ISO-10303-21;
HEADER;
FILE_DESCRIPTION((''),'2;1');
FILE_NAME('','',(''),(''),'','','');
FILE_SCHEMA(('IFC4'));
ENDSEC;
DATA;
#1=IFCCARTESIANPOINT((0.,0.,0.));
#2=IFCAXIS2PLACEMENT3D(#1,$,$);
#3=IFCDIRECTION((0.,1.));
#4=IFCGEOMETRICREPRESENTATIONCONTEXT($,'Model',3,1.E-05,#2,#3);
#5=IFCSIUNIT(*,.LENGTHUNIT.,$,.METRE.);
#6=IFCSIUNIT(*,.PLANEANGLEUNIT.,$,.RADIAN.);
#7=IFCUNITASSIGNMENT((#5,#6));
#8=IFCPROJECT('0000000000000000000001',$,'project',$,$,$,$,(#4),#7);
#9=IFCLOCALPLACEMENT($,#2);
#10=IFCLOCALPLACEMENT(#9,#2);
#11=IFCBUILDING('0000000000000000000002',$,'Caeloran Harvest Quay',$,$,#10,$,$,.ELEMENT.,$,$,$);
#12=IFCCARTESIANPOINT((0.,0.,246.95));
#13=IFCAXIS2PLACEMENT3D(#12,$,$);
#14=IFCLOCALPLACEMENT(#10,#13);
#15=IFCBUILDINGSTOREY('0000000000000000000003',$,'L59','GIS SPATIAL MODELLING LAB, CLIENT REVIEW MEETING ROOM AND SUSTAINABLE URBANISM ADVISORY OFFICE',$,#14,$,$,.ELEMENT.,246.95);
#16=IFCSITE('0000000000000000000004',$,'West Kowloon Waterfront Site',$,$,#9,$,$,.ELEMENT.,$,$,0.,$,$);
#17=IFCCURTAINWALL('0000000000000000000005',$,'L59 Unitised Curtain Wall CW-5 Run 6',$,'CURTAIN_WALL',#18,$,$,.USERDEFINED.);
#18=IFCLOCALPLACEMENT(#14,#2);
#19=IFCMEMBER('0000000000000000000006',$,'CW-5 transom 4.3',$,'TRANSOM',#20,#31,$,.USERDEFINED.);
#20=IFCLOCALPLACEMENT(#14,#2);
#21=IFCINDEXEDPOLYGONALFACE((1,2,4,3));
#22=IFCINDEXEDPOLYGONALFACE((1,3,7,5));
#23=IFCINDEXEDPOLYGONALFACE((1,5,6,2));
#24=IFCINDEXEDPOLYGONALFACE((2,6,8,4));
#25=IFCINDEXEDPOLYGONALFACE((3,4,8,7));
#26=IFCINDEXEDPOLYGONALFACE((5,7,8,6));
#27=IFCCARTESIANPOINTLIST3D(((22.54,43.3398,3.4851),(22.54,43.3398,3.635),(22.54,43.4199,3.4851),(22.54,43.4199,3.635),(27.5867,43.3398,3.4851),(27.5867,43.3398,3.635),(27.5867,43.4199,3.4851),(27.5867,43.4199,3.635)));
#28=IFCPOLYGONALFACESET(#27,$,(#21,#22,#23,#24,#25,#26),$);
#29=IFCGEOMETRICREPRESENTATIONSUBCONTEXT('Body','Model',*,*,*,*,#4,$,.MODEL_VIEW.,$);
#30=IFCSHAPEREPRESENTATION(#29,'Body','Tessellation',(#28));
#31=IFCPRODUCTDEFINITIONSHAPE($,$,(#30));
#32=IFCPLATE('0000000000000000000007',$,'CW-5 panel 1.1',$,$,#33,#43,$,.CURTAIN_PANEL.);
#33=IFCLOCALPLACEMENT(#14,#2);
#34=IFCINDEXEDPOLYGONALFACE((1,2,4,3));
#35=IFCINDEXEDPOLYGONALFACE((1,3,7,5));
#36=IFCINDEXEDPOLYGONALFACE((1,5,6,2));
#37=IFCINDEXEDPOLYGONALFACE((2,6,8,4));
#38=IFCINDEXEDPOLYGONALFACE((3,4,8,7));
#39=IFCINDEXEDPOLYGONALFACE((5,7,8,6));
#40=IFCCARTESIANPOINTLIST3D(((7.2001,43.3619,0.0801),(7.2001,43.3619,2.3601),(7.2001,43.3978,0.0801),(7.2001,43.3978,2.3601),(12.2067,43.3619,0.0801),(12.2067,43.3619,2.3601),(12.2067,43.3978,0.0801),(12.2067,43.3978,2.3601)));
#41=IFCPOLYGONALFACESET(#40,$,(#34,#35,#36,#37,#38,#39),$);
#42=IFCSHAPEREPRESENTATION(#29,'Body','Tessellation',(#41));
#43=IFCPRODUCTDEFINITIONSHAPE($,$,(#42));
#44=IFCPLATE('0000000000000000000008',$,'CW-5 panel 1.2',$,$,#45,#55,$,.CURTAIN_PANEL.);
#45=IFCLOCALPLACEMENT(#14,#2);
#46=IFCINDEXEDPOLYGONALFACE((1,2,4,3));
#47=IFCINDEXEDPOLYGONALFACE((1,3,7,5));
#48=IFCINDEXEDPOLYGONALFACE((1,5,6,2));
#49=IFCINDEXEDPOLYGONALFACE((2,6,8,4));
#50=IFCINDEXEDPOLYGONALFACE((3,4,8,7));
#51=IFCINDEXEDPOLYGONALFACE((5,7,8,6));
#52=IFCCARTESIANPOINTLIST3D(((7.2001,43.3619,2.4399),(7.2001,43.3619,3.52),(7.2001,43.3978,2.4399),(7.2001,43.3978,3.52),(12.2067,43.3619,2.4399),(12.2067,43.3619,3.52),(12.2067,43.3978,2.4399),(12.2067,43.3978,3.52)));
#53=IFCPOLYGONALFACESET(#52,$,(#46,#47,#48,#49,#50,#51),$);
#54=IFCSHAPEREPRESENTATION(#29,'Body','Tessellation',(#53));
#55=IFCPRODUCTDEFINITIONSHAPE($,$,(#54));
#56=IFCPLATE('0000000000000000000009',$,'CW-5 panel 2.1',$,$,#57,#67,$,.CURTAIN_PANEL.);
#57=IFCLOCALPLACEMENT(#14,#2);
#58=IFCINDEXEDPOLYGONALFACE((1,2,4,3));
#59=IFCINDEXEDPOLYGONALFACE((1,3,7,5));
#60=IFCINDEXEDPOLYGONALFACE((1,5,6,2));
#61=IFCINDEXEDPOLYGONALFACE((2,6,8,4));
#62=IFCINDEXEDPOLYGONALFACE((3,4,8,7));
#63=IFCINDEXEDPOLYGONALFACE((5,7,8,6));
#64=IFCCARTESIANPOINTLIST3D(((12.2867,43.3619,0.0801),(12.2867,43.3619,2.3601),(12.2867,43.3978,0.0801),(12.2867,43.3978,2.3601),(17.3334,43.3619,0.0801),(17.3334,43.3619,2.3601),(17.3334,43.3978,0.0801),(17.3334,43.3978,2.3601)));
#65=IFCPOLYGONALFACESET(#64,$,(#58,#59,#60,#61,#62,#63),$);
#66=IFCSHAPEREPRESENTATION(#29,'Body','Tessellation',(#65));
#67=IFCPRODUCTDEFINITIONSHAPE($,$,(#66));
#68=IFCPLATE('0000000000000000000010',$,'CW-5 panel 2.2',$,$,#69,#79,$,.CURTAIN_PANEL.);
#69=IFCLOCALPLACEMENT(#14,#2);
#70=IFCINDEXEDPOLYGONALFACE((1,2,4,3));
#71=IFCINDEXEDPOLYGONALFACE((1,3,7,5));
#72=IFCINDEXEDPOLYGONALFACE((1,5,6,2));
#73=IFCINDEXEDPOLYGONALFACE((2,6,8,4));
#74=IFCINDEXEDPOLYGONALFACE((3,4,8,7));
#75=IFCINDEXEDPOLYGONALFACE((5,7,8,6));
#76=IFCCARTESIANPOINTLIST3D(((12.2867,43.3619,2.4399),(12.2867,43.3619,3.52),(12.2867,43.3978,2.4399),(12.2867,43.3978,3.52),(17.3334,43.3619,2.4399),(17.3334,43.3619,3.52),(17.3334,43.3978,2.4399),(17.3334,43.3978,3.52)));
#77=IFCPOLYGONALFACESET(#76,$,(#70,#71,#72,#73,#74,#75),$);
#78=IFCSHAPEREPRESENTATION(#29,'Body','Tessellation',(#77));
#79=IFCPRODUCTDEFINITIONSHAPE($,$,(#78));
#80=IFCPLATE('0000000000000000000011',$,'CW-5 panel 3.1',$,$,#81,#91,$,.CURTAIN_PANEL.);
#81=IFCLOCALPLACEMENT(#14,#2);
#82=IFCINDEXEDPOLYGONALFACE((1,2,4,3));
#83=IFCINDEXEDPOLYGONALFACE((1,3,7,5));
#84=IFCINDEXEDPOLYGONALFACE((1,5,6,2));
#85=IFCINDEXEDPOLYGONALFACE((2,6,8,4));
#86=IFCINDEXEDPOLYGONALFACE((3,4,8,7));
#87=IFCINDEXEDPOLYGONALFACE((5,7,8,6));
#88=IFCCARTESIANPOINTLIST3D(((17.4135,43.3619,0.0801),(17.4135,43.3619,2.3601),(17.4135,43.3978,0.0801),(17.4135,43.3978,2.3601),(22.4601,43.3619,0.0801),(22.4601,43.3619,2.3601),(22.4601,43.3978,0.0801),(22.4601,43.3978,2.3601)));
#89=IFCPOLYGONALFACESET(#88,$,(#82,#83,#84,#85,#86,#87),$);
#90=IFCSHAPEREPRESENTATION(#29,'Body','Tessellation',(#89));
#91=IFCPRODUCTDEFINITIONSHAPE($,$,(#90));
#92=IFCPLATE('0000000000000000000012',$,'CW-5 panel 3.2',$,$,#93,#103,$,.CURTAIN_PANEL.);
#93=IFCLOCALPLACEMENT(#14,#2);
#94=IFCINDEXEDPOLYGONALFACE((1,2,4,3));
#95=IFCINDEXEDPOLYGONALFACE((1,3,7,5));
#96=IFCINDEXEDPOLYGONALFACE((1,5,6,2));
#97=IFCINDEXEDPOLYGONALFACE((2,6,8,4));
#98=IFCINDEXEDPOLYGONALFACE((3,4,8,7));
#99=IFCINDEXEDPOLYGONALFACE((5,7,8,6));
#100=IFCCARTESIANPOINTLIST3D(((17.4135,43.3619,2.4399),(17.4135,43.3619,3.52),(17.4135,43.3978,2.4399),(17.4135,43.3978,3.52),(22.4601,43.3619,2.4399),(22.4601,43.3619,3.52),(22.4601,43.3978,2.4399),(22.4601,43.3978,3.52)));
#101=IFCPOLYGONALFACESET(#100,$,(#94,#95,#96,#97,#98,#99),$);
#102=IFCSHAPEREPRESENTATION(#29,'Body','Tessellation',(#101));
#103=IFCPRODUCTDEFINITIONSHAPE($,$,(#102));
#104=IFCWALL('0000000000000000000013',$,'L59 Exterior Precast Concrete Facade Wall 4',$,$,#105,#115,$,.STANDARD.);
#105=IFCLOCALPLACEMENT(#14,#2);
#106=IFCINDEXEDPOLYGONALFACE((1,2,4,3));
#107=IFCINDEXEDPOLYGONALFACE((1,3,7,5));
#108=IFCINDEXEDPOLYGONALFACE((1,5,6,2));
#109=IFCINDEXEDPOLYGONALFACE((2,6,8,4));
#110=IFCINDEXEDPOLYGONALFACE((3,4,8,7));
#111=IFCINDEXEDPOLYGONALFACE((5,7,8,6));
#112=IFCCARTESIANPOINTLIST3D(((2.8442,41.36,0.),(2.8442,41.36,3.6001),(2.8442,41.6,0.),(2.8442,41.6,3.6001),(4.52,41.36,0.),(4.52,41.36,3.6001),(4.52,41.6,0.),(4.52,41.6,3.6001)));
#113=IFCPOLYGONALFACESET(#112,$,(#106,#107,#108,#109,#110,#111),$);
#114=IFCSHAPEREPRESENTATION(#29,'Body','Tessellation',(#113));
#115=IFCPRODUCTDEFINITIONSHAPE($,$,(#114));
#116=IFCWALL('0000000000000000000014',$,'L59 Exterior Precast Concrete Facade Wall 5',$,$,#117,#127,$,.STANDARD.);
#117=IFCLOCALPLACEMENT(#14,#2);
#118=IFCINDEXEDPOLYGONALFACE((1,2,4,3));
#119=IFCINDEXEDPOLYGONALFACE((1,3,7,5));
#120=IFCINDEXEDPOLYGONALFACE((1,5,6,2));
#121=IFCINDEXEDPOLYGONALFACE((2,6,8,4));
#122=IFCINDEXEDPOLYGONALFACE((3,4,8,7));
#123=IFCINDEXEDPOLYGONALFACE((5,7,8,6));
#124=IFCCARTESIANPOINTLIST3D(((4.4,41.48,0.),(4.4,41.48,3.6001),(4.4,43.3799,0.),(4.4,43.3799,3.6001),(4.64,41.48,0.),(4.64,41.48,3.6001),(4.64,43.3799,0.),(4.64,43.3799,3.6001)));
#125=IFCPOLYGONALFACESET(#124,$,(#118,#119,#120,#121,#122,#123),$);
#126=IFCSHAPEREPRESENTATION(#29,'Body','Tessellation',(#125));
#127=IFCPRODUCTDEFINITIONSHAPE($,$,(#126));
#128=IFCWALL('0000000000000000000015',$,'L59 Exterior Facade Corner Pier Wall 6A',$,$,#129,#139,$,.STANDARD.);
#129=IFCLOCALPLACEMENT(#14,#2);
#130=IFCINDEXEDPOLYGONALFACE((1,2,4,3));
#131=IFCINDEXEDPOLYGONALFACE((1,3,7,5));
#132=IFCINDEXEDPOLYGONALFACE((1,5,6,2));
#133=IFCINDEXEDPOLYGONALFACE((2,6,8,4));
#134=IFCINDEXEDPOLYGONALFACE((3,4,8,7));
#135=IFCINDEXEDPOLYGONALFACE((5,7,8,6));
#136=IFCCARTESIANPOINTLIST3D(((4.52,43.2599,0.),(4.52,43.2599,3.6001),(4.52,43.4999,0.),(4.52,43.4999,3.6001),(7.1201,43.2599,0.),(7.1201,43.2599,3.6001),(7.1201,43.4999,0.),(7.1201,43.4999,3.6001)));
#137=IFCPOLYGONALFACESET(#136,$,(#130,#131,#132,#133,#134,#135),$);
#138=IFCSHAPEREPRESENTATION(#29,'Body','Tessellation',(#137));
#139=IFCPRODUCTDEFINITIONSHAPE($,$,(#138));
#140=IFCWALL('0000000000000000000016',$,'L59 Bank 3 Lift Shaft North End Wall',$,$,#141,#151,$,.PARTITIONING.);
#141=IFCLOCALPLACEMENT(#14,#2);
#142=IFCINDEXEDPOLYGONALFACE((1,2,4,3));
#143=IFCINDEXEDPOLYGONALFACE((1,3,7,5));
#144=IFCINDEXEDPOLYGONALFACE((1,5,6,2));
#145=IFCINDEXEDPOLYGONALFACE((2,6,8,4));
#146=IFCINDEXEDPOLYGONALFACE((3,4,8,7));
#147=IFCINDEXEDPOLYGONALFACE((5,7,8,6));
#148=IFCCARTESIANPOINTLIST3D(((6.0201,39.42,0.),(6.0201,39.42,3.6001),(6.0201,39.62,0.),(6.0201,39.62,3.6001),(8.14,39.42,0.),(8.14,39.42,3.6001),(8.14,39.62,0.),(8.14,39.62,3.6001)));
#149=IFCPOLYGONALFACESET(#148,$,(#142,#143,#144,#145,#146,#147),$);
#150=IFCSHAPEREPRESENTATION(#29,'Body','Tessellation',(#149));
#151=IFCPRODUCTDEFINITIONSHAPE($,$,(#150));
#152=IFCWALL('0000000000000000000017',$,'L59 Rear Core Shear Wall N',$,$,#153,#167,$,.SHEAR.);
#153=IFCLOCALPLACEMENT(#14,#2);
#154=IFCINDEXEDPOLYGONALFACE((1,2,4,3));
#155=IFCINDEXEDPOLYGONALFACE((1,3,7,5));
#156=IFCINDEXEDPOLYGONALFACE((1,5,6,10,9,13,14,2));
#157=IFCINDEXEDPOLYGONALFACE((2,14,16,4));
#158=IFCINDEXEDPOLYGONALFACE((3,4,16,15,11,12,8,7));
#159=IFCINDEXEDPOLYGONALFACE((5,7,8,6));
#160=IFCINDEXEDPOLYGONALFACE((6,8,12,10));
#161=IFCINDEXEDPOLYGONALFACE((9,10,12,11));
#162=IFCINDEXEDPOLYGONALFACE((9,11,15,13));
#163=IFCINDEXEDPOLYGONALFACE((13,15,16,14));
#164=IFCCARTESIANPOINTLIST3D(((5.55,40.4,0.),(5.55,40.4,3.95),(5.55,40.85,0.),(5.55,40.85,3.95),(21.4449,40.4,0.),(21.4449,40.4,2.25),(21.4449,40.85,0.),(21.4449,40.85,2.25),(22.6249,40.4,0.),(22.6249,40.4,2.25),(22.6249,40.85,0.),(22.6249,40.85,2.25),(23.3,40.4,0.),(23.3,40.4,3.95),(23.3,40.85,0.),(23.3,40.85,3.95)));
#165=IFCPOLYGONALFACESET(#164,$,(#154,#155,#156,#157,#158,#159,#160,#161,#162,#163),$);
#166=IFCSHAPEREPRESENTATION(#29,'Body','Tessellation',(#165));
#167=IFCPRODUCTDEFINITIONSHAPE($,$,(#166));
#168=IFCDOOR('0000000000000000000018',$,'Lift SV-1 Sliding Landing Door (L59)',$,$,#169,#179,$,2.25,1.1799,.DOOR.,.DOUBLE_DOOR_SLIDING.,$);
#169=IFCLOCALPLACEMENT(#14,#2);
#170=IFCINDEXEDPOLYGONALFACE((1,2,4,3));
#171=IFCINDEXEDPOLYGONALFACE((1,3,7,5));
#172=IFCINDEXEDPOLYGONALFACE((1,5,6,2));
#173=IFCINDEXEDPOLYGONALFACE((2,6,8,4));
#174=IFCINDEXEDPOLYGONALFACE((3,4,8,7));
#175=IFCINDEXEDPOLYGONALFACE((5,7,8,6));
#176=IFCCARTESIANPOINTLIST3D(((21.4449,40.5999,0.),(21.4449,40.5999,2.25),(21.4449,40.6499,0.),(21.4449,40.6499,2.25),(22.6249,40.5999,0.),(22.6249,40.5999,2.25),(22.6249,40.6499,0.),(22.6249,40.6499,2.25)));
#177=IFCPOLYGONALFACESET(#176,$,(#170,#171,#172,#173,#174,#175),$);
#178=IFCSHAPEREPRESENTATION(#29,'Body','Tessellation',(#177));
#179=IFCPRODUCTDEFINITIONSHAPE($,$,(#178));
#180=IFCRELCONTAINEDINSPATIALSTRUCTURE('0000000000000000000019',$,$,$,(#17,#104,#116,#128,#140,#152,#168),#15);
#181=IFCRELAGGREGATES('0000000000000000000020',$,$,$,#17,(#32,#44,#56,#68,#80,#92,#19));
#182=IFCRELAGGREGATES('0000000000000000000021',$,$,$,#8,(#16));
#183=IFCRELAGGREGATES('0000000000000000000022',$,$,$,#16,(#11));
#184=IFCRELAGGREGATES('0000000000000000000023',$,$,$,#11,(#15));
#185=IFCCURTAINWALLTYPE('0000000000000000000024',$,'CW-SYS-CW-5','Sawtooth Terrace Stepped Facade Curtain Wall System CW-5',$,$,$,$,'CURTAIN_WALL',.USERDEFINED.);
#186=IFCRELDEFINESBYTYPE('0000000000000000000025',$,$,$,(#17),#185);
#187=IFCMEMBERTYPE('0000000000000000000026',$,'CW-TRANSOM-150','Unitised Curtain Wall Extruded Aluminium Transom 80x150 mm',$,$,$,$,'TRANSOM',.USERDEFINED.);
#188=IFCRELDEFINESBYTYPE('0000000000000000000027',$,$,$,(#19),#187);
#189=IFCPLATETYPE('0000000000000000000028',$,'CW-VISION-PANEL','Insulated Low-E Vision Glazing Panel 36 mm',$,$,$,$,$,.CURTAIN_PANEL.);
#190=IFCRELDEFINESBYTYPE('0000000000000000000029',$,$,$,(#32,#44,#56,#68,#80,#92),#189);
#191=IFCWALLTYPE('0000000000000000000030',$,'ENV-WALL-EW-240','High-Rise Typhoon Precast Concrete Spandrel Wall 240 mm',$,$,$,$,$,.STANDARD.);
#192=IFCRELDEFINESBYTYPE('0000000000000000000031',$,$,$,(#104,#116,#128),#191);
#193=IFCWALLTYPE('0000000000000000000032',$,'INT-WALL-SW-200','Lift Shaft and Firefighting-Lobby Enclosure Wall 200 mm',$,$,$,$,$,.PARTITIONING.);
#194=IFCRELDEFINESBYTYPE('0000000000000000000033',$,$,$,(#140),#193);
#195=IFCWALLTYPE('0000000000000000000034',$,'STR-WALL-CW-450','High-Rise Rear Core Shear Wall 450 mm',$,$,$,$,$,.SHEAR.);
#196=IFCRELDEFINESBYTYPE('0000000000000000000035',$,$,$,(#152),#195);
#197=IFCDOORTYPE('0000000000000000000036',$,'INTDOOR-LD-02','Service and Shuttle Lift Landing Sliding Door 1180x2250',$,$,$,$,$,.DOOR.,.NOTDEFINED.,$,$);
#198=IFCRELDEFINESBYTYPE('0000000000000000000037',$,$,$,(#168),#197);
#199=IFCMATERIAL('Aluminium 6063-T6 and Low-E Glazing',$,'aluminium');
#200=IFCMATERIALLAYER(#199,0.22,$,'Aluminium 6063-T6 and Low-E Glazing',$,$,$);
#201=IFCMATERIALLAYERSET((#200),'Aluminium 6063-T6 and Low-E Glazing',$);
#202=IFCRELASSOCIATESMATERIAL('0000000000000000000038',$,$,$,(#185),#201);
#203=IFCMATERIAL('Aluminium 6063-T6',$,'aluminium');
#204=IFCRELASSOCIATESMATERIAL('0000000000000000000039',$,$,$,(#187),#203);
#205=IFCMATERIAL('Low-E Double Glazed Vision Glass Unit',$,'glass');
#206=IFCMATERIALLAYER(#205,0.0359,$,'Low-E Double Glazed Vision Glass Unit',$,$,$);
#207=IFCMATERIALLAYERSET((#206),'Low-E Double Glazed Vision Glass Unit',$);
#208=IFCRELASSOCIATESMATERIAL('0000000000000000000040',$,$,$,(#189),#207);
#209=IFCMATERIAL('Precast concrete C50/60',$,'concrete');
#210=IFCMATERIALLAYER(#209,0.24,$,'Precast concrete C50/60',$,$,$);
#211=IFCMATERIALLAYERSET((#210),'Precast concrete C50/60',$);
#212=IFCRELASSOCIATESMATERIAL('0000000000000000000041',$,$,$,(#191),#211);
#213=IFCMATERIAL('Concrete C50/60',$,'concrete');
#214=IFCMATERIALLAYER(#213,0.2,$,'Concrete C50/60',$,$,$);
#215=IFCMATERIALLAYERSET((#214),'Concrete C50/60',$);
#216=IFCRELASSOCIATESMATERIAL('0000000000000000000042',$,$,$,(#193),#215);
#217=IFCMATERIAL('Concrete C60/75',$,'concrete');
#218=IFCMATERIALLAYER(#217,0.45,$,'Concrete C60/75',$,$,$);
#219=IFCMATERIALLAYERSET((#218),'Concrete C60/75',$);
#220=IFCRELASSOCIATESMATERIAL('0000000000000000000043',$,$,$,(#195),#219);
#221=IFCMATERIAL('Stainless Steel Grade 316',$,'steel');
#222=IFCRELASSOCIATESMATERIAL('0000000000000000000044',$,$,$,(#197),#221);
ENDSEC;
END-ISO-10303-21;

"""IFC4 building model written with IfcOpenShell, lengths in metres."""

from ifc_helpers import new_model, si_unit, direction, frame, frame_2d, origin, origin_2d, place, context, subcontext, project, spatial, rectangle, extrude, material, layer, layer_set, material_profile, profile_set, type_object, element, fill, aggregate, save


model = new_model("IFC4")

# Units and contexts
model_context = context("Model", 3, precision=1e-05, world=origin(), true_north=direction((0.0, 1.0)))
body_context = subcontext(model_context, "Body", "Model", "MODEL_VIEW")
ifc_project = project(units=[si_unit("LENGTHUNIT", "METRE"), si_unit("PLANEANGLEUNIT", "RADIAN")], contexts=[model_context])

# Site, building, storey
site_placement = place(None, origin())
site = spatial("IfcSite", under=ifc_project, at=site_placement, Name="West Kowloon Waterfront Site", CompositionType="ELEMENT", RefElevation=0.0)
building_placement = place(site_placement, origin())
building = spatial("IfcBuilding", under=site, at=building_placement, Name="Caeloran Harvest Quay", CompositionType="ELEMENT")
storey_placement = place(building_placement, frame((0.0, 0.0, 246.95)))
storey = spatial("IfcBuildingStorey", under=building, at=storey_placement, Name="L59", Description="GIS SPATIAL MODELLING LAB, CLIENT REVIEW MEETING ROOM AND SUSTAINABLE URBANISM ADVISORY OFFICE", CompositionType="ELEMENT", Elevation=246.95)

# Curtain wall, member, plates
ifc_material_1 = material(Name="Aluminium 6063-T6 and Low-E Glazing", Category="aluminium")
ifc_layer_1 = layer(ifc_material_1, 0.22, Name="Aluminium 6063-T6 and Low-E Glazing")
ifc_layer_set_1 = layer_set([ifc_layer_1], Name="Aluminium 6063-T6 and Low-E Glazing")
curtain_wall_type = type_object("IfcCurtainWallType", Name="CW-SYS-CW-5", Description="Sawtooth Terrace Stepped Facade Curtain Wall System CW-5", ElementType="CURTAIN_WALL", PredefinedType="USERDEFINED", material=ifc_layer_set_1)
curtain_wall_placement = place(storey_placement, origin())
curtain_wall = element("IfcCurtainWall", 1, at=curtain_wall_placement, inside=storey, type_object=curtain_wall_type, Name="L59 Unitised Curtain Wall CW-5 Run 6", ObjectType="CURTAIN_WALL", PredefinedType="USERDEFINED")
ifc_material_2 = material(Name="Aluminium 6063-T6", Category="aluminium")
ifc_material_profile_1 = material_profile(ifc_material_2, rectangle(XDim=0.0801, YDim=0.1499, at=origin_2d()), Name="CW-TRANSOM-150")
ifc_profile_set_1 = profile_set([ifc_material_profile_1], Name="Aluminium 6063-T6")
member_type_1 = type_object("IfcMemberType", Name="CW-TRANSOM-150", Description="Unitised Curtain Wall Extruded Aluminium Transom 80x150 mm", ElementType="TRANSOM", PredefinedType="USERDEFINED", material=ifc_profile_set_1)
member_1_placement = place(storey_placement, frame((22.54, 43.3799, 3.5601), z_axis=(1.0, 0.0, 0.0), x_axis=(0.0, 1.0, 0.0)))
member_1 = element("IfcMember", 2, at=member_1_placement, type_object=member_type_1, Name="CW-5 transom 4.3", ObjectType="TRANSOM", PredefinedType="USERDEFINED", context=body_context, shape_type="SweptSolid", body=[
    extrude(rectangle(XDim=0.0801, YDim=0.1499, at=origin_2d()), origin(), (0.0, 0.0, 1.0), 5.0466),
])
ifc_material_3 = material(Name="Low-E Double Glazed Vision Glass Unit", Category="glass")
ifc_layer_2 = layer(ifc_material_3, 0.0359, Name="Low-E Double Glazed Vision Glass Unit")
ifc_layer_set_2 = layer_set([ifc_layer_2], Name="Low-E Double Glazed Vision Glass Unit")
plate_type = type_object("IfcPlateType", Name="CW-VISION-PANEL", Description="Insulated Low-E Vision Glazing Panel 36 mm", PredefinedType="CURTAIN_PANEL", material=ifc_layer_set_2)
plate_1_placement = place(storey_placement, frame((9.7034, 43.3799, 0.0801), z_axis=(0.0, 0.0, 1.0), x_axis=(1.0, 0.0, 0.0)))
plate_1 = element("IfcPlate", 3, at=plate_1_placement, type_object=plate_type, Name="CW-5 panel 1.1", PredefinedType="CURTAIN_PANEL", context=body_context, shape_type="SweptSolid", body=[
    extrude(rectangle(XDim=5.0066, YDim=0.0359, at=origin_2d()), origin(), (0.0, 0.0, 1.0), 2.28),
])
plate_2_placement = place(storey_placement, frame((9.7034, 43.3799, 2.4399), z_axis=(0.0, 0.0, 1.0), x_axis=(1.0, 0.0, 0.0)))
plate_2 = element("IfcPlate", 4, at=plate_2_placement, type_object=plate_type, Name="CW-5 panel 1.2", PredefinedType="CURTAIN_PANEL", context=body_context, shape_type="SweptSolid", body=[
    extrude(rectangle(XDim=5.0066, YDim=0.0359, at=origin_2d()), origin(), (0.0, 0.0, 1.0), 1.0801),
])
plate_3_placement = place(storey_placement, frame((14.8101, 43.3799, 0.0801), z_axis=(0.0, 0.0, 1.0), x_axis=(1.0, 0.0, 0.0)))
plate_3 = element("IfcPlate", 5, at=plate_3_placement, type_object=plate_type, Name="CW-5 panel 2.1", PredefinedType="CURTAIN_PANEL", context=body_context, shape_type="SweptSolid", body=[
    extrude(rectangle(XDim=5.0466, YDim=0.0359, at=origin_2d()), origin(), (0.0, 0.0, 1.0), 2.28),
])
plate_4_placement = place(storey_placement, frame((14.8101, 43.3799, 2.4399), z_axis=(0.0, 0.0, 1.0), x_axis=(1.0, 0.0, 0.0)))
plate_4 = element("IfcPlate", 6, at=plate_4_placement, type_object=plate_type, Name="CW-5 panel 2.2", PredefinedType="CURTAIN_PANEL", context=body_context, shape_type="SweptSolid", body=[
    extrude(rectangle(XDim=5.0466, YDim=0.0359, at=origin_2d()), origin(), (0.0, 0.0, 1.0), 1.0801),
])
plate_5_placement = place(storey_placement, frame((19.9368, 43.3799, 0.0801), z_axis=(0.0, 0.0, 1.0), x_axis=(1.0, 0.0, 0.0)))
plate_5 = element("IfcPlate", 7, at=plate_5_placement, type_object=plate_type, Name="CW-5 panel 3.1", PredefinedType="CURTAIN_PANEL", context=body_context, shape_type="SweptSolid", body=[
    extrude(rectangle(XDim=5.0466, YDim=0.0359, at=origin_2d()), origin(), (0.0, 0.0, 1.0), 2.28),
])
plate_6_placement = place(storey_placement, frame((19.9368, 43.3799, 2.4399), z_axis=(0.0, 0.0, 1.0), x_axis=(1.0, 0.0, 0.0)))
plate_6 = element("IfcPlate", 8, at=plate_6_placement, type_object=plate_type, Name="CW-5 panel 3.2", PredefinedType="CURTAIN_PANEL", context=body_context, shape_type="SweptSolid", body=[
    extrude(rectangle(XDim=5.0466, YDim=0.0359, at=origin_2d()), origin(), (0.0, 0.0, 1.0), 1.0801),
])
aggregate(curtain_wall, [plate_1, plate_2, plate_3, plate_4, plate_5, plate_6, member_1])

# Walls
ifc_material_4 = material(Name="Precast concrete C50/60", Category="concrete")
ifc_layer_3 = layer(ifc_material_4, 0.24, Name="Precast concrete C50/60")
ifc_layer_set_3 = layer_set([ifc_layer_3], Name="Precast concrete C50/60")
wall_type_1 = type_object("IfcWallType", Name="ENV-WALL-EW-240", Description="High-Rise Typhoon Precast Concrete Spandrel Wall 240 mm", PredefinedType="STANDARD", material=ifc_layer_set_3)
wall_1_placement = place(storey_placement, frame((2.8442, 41.48, 0.0), z_axis=(0.0, 0.0, 1.0), x_axis=(1.0, 0.0, 0.0)))
element("IfcWall", 9, at=wall_1_placement, inside=storey, type_object=wall_type_1, Name="L59 Exterior Precast Concrete Facade Wall 4", PredefinedType="STANDARD", context=body_context, shape_type="SweptSolid", body=[
    extrude(rectangle(XDim=1.6758, YDim=0.24, at=frame_2d((0.8379, 0.0))), origin(), (0.0, 0.0, 1.0), 3.6001),
])
wall_2_placement = place(storey_placement, frame((4.52, 41.48, 0.0), z_axis=(0.0, 0.0, 1.0), x_axis=(0.0, 1.0, 0.0)))
element("IfcWall", 10, at=wall_2_placement, inside=storey, type_object=wall_type_1, Name="L59 Exterior Precast Concrete Facade Wall 5", PredefinedType="STANDARD", context=body_context, shape_type="SweptSolid", body=[
    extrude(rectangle(XDim=1.8999, YDim=0.24, at=frame_2d((0.95, 0.0))), origin(), (0.0, 0.0, 1.0), 3.6001),
])
wall_3_placement = place(storey_placement, frame((4.52, 43.3799, 0.0), z_axis=(0.0, 0.0, 1.0), x_axis=(1.0, 0.0, 0.0)))
element("IfcWall", 11, at=wall_3_placement, inside=storey, type_object=wall_type_1, Name="L59 Exterior Facade Corner Pier Wall 6A", PredefinedType="STANDARD", context=body_context, shape_type="SweptSolid", body=[
    extrude(rectangle(XDim=2.6001, YDim=0.24, at=frame_2d((1.3, 0.0))), origin(), (0.0, 0.0, 1.0), 3.6001),
])
ifc_material_5 = material(Name="Concrete C50/60", Category="concrete")
ifc_layer_4 = layer(ifc_material_5, 0.2, Name="Concrete C50/60")
ifc_layer_set_4 = layer_set([ifc_layer_4], Name="Concrete C50/60")
wall_type_2 = type_object("IfcWallType", Name="INT-WALL-SW-200", Description="Lift Shaft and Firefighting-Lobby Enclosure Wall 200 mm", PredefinedType="PARTITIONING", material=ifc_layer_set_4)
wall_4_placement = place(storey_placement, frame((6.02, 39.52, 0.0), z_axis=(0.0, 0.0, 1.0), x_axis=(1.0, 0.0, 0.0)))
element("IfcWall", 12, at=wall_4_placement, inside=storey, type_object=wall_type_2, Name="L59 Bank 3 Lift Shaft North End Wall", PredefinedType="PARTITIONING", context=body_context, shape_type="SweptSolid", body=[
    extrude(rectangle(XDim=2.1199, YDim=0.2, at=frame_2d((1.0601, 0.0))), origin(), (0.0, 0.0, 1.0), 3.6001),
])

# Wall, opening, door
ifc_material_6 = material(Name="Concrete C60/75", Category="concrete")
ifc_layer_5 = layer(ifc_material_6, 0.45, Name="Concrete C60/75")
ifc_layer_set_5 = layer_set([ifc_layer_5], Name="Concrete C60/75")
wall_type_3 = type_object("IfcWallType", Name="STR-WALL-CW-450", Description="High-Rise Rear Core Shear Wall 450 mm", PredefinedType="SHEAR", material=ifc_layer_set_5)
wall_5_placement = place(storey_placement, frame((5.55, 40.625, 0.0), z_axis=(0.0, 0.0, 1.0), x_axis=(1.0, 0.0, 0.0)))
wall_5 = element("IfcWall", 13, at=wall_5_placement, inside=storey, type_object=wall_type_3, Name="L59 Rear Core Shear Wall N", PredefinedType="SHEAR", context=body_context, shape_type="SweptSolid", body=[
    extrude(rectangle(XDim=17.75, YDim=0.45, at=frame_2d((8.875, 0.0))), origin(), (0.0, 0.0, 1.0), 3.95),
])
opening_placement = place(wall_5_placement, frame((15.895, 0.0, 0.0)))
opening = element("IfcOpeningElement", 14, at=opening_placement, cuts=wall_5, PredefinedType="OPENING", context=body_context, shape_type="SweptSolid", body=[
    extrude(rectangle(XDim=1.1799, YDim=2.25, at=frame_2d((0.5898, 1.125))), frame((0.0, 0.2349, 0.0), z_axis=(0.0, -1.0, 0.0), x_axis=(1.0, 0.0, 0.0)), (0.0, 0.0, 1.0), 0.47),
])
ifc_material_7 = material(Name="Stainless Steel Grade 316", Category="steel")
door_type = type_object("IfcDoorType", Name="INTDOOR-LD-02", Description="Service and Shuttle Lift Landing Sliding Door 1180x2250", OperationType="NOTDEFINED", PredefinedType="DOOR", material=ifc_material_7)
door_placement = place(opening_placement, origin())
door = element("IfcDoor", 15, at=door_placement, inside=storey, type_object=door_type, Name="Lift SV-1 Sliding Landing Door (L59)", OperationType="DOUBLE_DOOR_SLIDING", OverallHeight=2.25, OverallWidth=1.1799, PredefinedType="DOOR", context=body_context, shape_type="SweptSolid", body=[
    extrude(rectangle(XDim=1.1799, YDim=2.25, at=frame_2d((0.5898, 1.125))), frame((0.0, 0.0249, 0.0), z_axis=(0.0, -1.0, 0.0), x_axis=(1.0, 0.0, 0.0)), (0.0, 0.0, 1.0), 0.05),
])
fill(opening, door)

save(model, "model.ifc")
